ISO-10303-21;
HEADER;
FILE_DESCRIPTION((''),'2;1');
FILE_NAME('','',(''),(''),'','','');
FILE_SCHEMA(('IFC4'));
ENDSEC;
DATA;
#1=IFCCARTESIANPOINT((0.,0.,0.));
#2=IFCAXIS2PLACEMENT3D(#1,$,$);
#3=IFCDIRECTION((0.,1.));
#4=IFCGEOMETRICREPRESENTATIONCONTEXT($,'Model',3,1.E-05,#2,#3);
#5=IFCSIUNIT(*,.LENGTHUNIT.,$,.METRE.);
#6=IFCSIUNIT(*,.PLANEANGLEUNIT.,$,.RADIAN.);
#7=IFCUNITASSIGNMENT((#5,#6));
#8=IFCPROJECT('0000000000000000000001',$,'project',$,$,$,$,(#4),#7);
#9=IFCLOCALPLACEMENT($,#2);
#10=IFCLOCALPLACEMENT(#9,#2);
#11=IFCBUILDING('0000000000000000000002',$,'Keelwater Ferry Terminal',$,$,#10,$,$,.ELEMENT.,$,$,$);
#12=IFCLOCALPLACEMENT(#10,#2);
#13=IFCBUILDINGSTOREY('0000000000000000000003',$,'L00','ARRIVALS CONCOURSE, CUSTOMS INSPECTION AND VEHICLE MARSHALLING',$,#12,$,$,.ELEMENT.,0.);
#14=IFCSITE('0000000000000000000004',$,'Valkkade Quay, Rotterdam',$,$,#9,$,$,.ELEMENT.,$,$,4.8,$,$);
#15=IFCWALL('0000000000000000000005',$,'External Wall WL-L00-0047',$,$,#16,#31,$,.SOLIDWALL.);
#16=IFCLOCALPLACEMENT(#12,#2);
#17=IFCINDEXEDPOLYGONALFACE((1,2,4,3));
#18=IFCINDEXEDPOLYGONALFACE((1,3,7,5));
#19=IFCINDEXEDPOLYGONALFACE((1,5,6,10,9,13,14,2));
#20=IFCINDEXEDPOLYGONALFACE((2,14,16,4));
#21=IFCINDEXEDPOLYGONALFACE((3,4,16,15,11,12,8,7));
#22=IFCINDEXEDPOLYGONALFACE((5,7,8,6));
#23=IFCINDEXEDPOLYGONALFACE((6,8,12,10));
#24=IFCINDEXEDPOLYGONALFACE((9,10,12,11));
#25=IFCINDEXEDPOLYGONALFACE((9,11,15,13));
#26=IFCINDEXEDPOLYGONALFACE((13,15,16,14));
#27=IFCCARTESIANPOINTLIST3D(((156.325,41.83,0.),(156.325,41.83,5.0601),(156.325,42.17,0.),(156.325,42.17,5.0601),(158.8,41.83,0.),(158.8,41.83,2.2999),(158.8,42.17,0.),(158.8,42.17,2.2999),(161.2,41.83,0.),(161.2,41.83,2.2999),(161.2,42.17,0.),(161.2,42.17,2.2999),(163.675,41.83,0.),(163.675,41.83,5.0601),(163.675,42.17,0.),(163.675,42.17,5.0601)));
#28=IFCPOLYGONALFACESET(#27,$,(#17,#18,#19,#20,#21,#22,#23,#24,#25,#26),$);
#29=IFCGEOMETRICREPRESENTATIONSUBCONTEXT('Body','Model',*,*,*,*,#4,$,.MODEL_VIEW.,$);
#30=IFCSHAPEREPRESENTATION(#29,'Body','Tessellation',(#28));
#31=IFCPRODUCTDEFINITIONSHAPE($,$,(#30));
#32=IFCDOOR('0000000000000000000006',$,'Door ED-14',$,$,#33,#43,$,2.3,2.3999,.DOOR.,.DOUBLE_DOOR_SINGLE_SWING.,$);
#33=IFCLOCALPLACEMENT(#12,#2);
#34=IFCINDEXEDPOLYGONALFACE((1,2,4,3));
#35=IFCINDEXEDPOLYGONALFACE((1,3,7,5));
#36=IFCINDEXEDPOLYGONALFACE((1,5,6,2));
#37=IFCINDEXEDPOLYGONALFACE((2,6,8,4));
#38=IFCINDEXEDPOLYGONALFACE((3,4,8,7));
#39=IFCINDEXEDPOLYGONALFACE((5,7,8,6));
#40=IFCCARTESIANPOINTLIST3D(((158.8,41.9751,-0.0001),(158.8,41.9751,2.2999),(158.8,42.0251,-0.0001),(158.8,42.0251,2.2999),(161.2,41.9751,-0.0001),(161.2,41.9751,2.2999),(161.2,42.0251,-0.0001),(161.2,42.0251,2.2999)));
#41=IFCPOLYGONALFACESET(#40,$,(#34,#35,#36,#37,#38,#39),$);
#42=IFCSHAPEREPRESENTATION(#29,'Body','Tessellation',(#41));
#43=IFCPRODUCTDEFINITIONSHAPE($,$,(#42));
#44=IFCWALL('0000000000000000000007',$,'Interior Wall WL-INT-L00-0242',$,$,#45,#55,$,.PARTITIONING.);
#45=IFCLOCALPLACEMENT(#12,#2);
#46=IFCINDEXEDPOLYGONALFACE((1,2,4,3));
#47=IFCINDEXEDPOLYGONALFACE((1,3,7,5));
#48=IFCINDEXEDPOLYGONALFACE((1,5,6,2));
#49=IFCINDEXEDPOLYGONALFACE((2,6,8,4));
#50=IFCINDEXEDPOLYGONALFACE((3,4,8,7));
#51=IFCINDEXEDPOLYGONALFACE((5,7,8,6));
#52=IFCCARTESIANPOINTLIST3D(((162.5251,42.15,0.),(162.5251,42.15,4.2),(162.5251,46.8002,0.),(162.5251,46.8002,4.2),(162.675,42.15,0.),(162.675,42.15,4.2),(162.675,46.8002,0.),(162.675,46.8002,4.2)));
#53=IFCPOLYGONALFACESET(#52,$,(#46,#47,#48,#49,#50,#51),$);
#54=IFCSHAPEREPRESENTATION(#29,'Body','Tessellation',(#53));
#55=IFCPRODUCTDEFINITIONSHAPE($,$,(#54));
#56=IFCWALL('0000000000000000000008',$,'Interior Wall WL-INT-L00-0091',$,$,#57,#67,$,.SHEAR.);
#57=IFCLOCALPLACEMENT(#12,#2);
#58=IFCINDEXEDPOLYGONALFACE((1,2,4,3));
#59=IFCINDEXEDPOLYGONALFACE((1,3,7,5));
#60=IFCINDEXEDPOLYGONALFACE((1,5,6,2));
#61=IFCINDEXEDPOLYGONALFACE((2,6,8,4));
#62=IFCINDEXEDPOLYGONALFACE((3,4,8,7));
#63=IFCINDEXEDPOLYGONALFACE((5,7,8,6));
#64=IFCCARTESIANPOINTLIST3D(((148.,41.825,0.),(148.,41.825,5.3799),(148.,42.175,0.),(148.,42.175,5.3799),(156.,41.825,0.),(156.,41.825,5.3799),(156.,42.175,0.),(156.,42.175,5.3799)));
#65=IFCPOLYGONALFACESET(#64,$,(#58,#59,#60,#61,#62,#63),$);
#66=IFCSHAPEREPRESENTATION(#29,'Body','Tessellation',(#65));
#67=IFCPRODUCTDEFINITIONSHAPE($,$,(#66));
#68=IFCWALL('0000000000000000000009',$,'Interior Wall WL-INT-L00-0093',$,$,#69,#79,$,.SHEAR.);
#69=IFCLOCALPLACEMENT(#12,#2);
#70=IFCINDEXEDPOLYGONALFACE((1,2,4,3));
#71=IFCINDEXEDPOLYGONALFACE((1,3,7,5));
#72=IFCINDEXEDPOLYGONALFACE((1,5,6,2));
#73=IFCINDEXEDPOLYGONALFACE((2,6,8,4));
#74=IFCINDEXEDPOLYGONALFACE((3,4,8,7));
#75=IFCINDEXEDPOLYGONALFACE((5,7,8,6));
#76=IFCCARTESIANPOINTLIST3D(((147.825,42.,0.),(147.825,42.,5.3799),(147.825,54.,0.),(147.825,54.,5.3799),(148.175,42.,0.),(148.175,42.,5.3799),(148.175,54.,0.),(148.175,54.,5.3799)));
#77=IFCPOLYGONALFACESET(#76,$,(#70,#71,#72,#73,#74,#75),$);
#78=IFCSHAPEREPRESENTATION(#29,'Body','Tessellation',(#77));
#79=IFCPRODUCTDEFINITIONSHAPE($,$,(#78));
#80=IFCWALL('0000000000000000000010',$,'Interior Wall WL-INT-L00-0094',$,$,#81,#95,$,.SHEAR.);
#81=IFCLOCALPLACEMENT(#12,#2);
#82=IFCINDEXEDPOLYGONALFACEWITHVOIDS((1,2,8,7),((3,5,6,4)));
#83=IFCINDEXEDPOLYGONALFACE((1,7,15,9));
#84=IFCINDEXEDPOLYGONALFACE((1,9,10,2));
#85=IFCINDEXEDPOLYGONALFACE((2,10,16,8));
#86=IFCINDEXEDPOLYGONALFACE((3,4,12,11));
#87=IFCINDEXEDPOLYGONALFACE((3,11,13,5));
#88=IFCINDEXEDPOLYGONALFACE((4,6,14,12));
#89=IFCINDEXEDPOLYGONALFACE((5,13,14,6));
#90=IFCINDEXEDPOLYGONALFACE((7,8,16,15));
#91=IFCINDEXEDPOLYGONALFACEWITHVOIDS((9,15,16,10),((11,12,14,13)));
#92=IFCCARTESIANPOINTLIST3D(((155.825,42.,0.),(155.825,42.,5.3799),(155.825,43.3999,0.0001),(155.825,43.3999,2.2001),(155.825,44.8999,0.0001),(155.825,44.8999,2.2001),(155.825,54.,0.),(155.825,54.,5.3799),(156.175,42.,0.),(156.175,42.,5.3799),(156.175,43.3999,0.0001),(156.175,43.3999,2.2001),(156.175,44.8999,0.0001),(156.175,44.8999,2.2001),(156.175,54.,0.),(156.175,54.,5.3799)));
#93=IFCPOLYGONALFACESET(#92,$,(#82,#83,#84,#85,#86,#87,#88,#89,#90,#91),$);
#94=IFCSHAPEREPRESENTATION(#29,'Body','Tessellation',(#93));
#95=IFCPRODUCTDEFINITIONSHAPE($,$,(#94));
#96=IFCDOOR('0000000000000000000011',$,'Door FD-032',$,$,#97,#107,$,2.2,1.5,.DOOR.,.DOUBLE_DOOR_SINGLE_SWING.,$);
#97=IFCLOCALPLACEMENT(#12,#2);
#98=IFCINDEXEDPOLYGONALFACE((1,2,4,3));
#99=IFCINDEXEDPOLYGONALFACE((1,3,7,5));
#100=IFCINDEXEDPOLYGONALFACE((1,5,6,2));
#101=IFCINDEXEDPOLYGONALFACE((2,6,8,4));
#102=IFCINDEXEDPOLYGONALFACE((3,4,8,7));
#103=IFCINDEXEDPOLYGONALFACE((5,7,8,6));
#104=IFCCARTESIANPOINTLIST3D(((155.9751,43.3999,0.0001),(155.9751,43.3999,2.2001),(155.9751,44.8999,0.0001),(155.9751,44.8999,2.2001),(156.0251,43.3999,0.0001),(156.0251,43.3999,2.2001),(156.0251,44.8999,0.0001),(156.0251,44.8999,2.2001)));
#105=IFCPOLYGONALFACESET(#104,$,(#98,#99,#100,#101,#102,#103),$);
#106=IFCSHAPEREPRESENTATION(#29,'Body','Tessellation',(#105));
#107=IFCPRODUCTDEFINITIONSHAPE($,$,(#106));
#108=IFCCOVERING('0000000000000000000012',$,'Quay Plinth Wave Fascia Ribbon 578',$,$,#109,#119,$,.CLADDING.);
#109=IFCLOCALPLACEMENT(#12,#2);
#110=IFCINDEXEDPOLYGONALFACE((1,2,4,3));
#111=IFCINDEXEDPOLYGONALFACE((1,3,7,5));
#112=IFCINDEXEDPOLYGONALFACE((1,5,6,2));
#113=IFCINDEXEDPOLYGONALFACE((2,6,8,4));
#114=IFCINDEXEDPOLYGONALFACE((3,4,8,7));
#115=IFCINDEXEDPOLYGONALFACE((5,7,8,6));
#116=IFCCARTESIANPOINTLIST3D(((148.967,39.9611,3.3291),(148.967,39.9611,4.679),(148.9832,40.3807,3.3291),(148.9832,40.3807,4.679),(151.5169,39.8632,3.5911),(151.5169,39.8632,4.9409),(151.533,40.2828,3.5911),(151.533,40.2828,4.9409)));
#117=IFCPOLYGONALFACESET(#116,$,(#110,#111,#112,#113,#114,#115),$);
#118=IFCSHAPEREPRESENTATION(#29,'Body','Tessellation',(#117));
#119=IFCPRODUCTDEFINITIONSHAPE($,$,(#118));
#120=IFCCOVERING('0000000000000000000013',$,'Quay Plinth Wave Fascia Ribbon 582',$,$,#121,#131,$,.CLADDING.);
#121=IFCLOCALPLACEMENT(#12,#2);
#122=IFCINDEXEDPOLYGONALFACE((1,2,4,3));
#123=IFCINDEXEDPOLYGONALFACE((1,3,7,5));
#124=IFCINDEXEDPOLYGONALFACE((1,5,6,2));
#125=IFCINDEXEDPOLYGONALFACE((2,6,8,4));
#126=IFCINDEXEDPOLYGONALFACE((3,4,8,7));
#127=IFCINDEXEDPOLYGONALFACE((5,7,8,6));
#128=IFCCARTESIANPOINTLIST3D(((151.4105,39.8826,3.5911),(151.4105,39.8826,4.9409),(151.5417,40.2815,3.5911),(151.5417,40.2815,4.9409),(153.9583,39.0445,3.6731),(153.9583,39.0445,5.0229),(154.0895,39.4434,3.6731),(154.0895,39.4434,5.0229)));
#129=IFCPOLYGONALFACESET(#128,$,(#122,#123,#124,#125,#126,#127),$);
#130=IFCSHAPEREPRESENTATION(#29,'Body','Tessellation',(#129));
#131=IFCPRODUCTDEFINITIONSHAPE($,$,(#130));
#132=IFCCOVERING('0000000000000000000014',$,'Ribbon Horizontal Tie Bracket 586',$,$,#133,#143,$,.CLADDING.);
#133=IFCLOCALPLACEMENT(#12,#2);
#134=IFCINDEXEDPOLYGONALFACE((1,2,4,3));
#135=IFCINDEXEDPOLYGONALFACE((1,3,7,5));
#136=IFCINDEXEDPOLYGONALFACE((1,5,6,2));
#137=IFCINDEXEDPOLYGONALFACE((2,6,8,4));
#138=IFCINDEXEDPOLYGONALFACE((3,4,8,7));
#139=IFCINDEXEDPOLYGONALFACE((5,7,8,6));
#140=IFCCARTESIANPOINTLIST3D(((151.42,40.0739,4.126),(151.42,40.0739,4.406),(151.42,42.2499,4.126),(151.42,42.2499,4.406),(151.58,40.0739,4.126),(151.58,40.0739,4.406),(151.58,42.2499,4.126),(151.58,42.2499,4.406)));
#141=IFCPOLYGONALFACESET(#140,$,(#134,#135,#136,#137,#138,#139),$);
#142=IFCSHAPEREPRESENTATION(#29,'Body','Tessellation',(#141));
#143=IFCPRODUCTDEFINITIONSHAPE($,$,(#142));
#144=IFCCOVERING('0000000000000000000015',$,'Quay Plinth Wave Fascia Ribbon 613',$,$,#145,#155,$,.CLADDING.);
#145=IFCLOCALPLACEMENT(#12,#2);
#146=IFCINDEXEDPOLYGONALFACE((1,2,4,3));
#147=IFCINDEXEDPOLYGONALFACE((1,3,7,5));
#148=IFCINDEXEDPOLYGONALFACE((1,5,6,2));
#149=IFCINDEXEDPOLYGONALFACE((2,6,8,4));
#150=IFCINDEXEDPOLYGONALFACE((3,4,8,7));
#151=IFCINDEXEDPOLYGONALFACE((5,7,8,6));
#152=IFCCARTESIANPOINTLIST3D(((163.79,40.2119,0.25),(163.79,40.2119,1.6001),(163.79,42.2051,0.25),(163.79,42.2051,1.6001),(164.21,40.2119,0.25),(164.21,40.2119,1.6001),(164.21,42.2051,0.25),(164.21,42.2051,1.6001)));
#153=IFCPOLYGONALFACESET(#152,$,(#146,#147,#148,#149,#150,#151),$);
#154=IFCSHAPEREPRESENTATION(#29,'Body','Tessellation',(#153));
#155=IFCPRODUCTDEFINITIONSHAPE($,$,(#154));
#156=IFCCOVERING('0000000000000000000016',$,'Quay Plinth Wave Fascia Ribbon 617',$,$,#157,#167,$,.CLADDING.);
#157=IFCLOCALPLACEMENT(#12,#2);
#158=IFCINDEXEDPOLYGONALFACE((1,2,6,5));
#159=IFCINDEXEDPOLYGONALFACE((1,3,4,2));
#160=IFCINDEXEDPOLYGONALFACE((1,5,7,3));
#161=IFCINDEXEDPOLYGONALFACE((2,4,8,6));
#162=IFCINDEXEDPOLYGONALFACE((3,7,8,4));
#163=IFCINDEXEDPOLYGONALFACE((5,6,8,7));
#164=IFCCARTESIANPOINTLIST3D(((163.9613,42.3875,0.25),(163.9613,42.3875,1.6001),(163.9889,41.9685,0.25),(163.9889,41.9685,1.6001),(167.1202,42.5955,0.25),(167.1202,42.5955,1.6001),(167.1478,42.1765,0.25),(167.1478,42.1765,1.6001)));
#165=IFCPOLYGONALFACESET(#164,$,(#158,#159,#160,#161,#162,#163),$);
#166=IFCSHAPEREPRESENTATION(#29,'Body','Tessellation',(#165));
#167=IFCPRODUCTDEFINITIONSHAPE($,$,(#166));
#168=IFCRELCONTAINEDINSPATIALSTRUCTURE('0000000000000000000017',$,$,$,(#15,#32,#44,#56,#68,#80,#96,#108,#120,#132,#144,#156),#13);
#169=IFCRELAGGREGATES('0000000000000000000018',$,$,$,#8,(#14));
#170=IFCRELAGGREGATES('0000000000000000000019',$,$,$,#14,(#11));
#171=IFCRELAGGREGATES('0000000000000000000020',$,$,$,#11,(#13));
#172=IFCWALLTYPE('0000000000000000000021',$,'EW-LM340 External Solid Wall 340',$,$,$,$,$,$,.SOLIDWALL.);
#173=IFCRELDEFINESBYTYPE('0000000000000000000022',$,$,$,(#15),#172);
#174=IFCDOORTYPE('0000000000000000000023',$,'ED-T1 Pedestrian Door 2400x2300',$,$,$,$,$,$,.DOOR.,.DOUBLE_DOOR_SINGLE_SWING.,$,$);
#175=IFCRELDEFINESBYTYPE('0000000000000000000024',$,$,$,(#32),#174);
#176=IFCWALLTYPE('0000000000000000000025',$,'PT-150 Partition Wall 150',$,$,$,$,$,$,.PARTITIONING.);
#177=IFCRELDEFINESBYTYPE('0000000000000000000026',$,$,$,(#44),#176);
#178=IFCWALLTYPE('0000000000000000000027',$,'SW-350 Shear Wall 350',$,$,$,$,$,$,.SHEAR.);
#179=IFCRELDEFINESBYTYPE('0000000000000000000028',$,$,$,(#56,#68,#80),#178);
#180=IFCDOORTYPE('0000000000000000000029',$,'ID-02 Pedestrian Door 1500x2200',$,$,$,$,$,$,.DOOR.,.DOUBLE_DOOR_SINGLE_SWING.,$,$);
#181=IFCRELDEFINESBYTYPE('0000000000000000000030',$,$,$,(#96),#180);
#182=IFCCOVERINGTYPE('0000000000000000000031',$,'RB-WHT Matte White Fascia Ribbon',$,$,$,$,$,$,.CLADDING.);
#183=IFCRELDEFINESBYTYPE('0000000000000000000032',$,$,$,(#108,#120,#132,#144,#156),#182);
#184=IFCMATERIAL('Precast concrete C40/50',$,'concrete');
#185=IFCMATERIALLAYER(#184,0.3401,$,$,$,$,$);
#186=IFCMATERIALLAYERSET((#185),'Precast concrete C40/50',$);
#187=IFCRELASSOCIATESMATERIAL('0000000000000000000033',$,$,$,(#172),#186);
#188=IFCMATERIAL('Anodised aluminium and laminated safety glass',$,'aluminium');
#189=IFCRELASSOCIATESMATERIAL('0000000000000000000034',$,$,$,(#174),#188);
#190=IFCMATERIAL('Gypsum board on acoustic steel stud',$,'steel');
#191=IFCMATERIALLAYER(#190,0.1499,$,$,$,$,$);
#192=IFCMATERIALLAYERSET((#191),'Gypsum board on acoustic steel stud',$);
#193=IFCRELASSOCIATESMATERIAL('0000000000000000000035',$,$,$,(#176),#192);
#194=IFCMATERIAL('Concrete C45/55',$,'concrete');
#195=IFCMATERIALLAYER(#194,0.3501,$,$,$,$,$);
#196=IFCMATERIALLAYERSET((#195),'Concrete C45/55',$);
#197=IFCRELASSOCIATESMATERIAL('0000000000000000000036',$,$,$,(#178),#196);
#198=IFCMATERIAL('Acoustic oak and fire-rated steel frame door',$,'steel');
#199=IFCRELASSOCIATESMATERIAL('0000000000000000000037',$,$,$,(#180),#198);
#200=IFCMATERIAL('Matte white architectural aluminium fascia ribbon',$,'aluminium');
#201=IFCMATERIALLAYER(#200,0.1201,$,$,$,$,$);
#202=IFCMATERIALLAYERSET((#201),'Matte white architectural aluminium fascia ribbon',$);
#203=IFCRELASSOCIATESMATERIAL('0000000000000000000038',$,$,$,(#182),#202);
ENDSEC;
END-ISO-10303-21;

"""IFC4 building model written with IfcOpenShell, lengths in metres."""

from ifc_helpers import new_model, si_unit, direction, frame, frame_2d, origin, place, context, subcontext, project, spatial, polyline, rectangle, outline, extrude, material, layer, layer_set, type_object, element, fill, save


model = new_model("IFC4")

# Units and contexts
model_context = context("Model", 3, precision=1e-05, world=origin(), true_north=direction((0.0, 1.0)))
body_context = subcontext(model_context, "Body", "Model", "MODEL_VIEW")
ifc_project = project(units=[si_unit("LENGTHUNIT", "METRE"), si_unit("PLANEANGLEUNIT", "RADIAN")], contexts=[model_context])

# Site, building, storey
site_placement = place(None, origin())
site = spatial("IfcSite", under=ifc_project, at=site_placement, Name="Valkkade Quay, Rotterdam", CompositionType="ELEMENT", RefElevation=4.8)
building_placement = place(site_placement, origin())
building = spatial("IfcBuilding", under=site, at=building_placement, Name="Keelwater Ferry Terminal", CompositionType="ELEMENT")
storey_placement = place(building_placement, origin())
storey = spatial("IfcBuildingStorey", under=building, at=storey_placement, Name="L00", Description="ARRIVALS CONCOURSE, CUSTOMS INSPECTION AND VEHICLE MARSHALLING", CompositionType="ELEMENT", Elevation=0.0)

# Wall, opening, door
ifc_material_1 = material(Name="Precast concrete C40/50", Category="concrete")
ifc_layer_1 = layer(ifc_material_1, 0.3401)
ifc_layer_set_1 = layer_set([ifc_layer_1], Name="Precast concrete C40/50")
wall_type_1 = type_object("IfcWallType", Name="EW-LM340 External Solid Wall 340", PredefinedType="SOLIDWALL", material=ifc_layer_set_1)
wall_1_placement = place(storey_placement, frame((163.675, 42.0, 0.0), z_axis=(0.0, 0.0, 1.0), x_axis=(-1.0, 0.0, 0.0)))
wall_1 = element("IfcWall", 1, at=wall_1_placement, inside=storey, type_object=wall_type_1, Name="External Wall WL-L00-0047", PredefinedType="SOLIDWALL", context=body_context, shape_type="SweptSolid", body=[
    extrude(rectangle(XDim=7.3501, YDim=0.3401, at=frame_2d((3.675, 0.0))), origin(), (0.0, 0.0, 1.0), 5.0601),
])
opening_1_placement = place(wall_1_placement, frame((2.4751, 0.0, 0.0)))
opening_1 = element("IfcOpeningElement", 2, at=opening_1_placement, cuts=wall_1, PredefinedType="OPENING", context=body_context, shape_type="SweptSolid", body=[
    extrude(rectangle(XDim=2.3999, YDim=2.3, at=frame_2d((1.2, 1.1499))), frame((0.0, 0.1799, 0.0), z_axis=(0.0, -1.0, 0.0), x_axis=(1.0, 0.0, 0.0)), (0.0, 0.0, 1.0), 0.3601),
])
ifc_material_2 = material(Name="Anodised aluminium and laminated safety glass", Category="aluminium")
door_type_1 = type_object("IfcDoorType", Name="ED-T1 Pedestrian Door 2400x2300", OperationType="DOUBLE_DOOR_SINGLE_SWING", PredefinedType="DOOR", material=ifc_material_2)
door_1_placement = place(opening_1_placement, origin())
door_1 = element("IfcDoor", 3, at=door_1_placement, inside=storey, type_object=door_type_1, Name="Door ED-14", OperationType="DOUBLE_DOOR_SINGLE_SWING", OverallHeight=2.3, OverallWidth=2.3999, PredefinedType="DOOR", context=body_context, shape_type="SweptSolid", body=[
    extrude(rectangle(XDim=2.3999, YDim=2.3, at=frame_2d((1.2, 1.1499))), frame((0.0, 0.0249, 0.0), z_axis=(0.0, -1.0, 0.0), x_axis=(1.0, 0.0, 0.0)), (0.0, 0.0, 1.0), 0.05),
])
fill(opening_1, door_1)

# Walls
ifc_material_3 = material(Name="Gypsum board on acoustic steel stud", Category="steel")
ifc_layer_2 = layer(ifc_material_3, 0.1499)
ifc_layer_set_2 = layer_set([ifc_layer_2], Name="Gypsum board on acoustic steel stud")
wall_type_2 = type_object("IfcWallType", Name="PT-150 Partition Wall 150", PredefinedType="PARTITIONING", material=ifc_layer_set_2)
wall_2_placement = place(storey_placement, frame((162.6001, 42.1499, 0.0), z_axis=(0.0, 0.0, 1.0), x_axis=(0.0, 1.0, 0.0)))
element("IfcWall", 4, at=wall_2_placement, inside=storey, type_object=wall_type_2, Name="Interior Wall WL-INT-L00-0242", PredefinedType="PARTITIONING", context=body_context, shape_type="SweptSolid", body=[
    extrude(rectangle(XDim=4.6501, YDim=0.1499, at=frame_2d((2.3252, 0.0))), origin(), (0.0, 0.0, 1.0), 4.2),
])
ifc_material_4 = material(Name="Concrete C45/55", Category="concrete")
ifc_layer_3 = layer(ifc_material_4, 0.3501)
ifc_layer_set_3 = layer_set([ifc_layer_3], Name="Concrete C45/55")
wall_type_3 = type_object("IfcWallType", Name="SW-350 Shear Wall 350", PredefinedType="SHEAR", material=ifc_layer_set_3)
wall_3_placement = place(storey_placement, frame((148.0, 42.0, 0.0), z_axis=(0.0, 0.0, 1.0), x_axis=(1.0, 0.0, 0.0)))
element("IfcWall", 5, at=wall_3_placement, inside=storey, type_object=wall_type_3, Name="Interior Wall WL-INT-L00-0091", PredefinedType="SHEAR", context=body_context, shape_type="SweptSolid", body=[
    extrude(rectangle(XDim=8.0, YDim=0.3501, at=frame_2d((4.0, 0.0))), origin(), (0.0, 0.0, 1.0), 5.3799),
])
wall_4_placement = place(storey_placement, frame((148.0, 42.0, 0.0), z_axis=(0.0, 0.0, 1.0), x_axis=(0.0, 1.0, 0.0)))
element("IfcWall", 6, at=wall_4_placement, inside=storey, type_object=wall_type_3, Name="Interior Wall WL-INT-L00-0093", PredefinedType="SHEAR", context=body_context, shape_type="SweptSolid", body=[
    extrude(rectangle(XDim=12.0, YDim=0.3501, at=frame_2d((6.0, 0.0))), origin(), (0.0, 0.0, 1.0), 5.3799),
])

# Wall, opening, door
wall_5_placement = place(storey_placement, frame((156.0, 42.0, 0.0), z_axis=(0.0, 0.0, 1.0), x_axis=(0.0, 1.0, 0.0)))
wall_5 = element("IfcWall", 7, at=wall_5_placement, inside=storey, type_object=wall_type_3, Name="Interior Wall WL-INT-L00-0094", PredefinedType="SHEAR", context=body_context, shape_type="SweptSolid", body=[
    extrude(rectangle(XDim=12.0, YDim=0.3501, at=frame_2d((6.0, 0.0))), origin(), (0.0, 0.0, 1.0), 5.3799),
])
opening_2_placement = place(wall_5_placement, frame((1.3999, 0.0, 0.0)))
opening_2 = element("IfcOpeningElement", 8, at=opening_2_placement, cuts=wall_5, PredefinedType="OPENING", context=body_context, shape_type="SweptSolid", body=[
    extrude(rectangle(XDim=1.5, YDim=2.2, at=frame_2d((0.75, 1.1001))), frame((0.0, 0.1851, 0.0), z_axis=(0.0, -1.0, 0.0), x_axis=(1.0, 0.0, 0.0)), (0.0, 0.0, 1.0), 0.3701),
])
ifc_material_5 = material(Name="Acoustic oak and fire-rated steel frame door", Category="steel")
door_type_2 = type_object("IfcDoorType", Name="ID-02 Pedestrian Door 1500x2200", OperationType="DOUBLE_DOOR_SINGLE_SWING", PredefinedType="DOOR", material=ifc_material_5)
door_2_placement = place(opening_2_placement, origin())
door_2 = element("IfcDoor", 9, at=door_2_placement, inside=storey, type_object=door_type_2, Name="Door FD-032", OperationType="DOUBLE_DOOR_SINGLE_SWING", OverallHeight=2.2, OverallWidth=1.5, PredefinedType="DOOR", context=body_context, shape_type="SweptSolid", body=[
    extrude(rectangle(XDim=1.5, YDim=2.2, at=frame_2d((0.75, 1.1001))), frame((0.0, 0.0249, 0.0), z_axis=(0.0, -1.0, 0.0), x_axis=(1.0, 0.0, 0.0)), (0.0, 0.0, 1.0), 0.05),
])
fill(opening_2, door_2)

# Coverings
ifc_material_6 = material(Name="Matte white architectural aluminium fascia ribbon", Category="aluminium")
ifc_layer_4 = layer(ifc_material_6, 0.1201)
ifc_layer_set_4 = layer_set([ifc_layer_4], Name="Matte white architectural aluminium fascia ribbon")
covering_type = type_object("IfcCoveringType", Name="RB-WHT Matte White Fascia Ribbon", PredefinedType="CLADDING", material=ifc_layer_set_4)
covering_1_placement = place(storey_placement, frame((148.9751, 40.1709, 3.3291), z_axis=(0.0, 0.0, 1.0), x_axis=(0.999264, -0.038367, 0.0)))
element("IfcCovering", 10, at=covering_1_placement, inside=storey, type_object=covering_type, Name="Quay Plinth Wave Fascia Ribbon 578", PredefinedType="CLADDING", context=body_context, shape_type="SweptSolid", body=[
    extrude(outline(polyline([(0.0, 0.0), (2.5518, 0.262), (2.5518, 1.6118), (0.0, 1.3499), (0.0, 0.0)])), frame((0.0, 0.21, 0.0), z_axis=(0.0, -1.0, 0.0), x_axis=(1.0, 0.0, 0.0)), (0.0, 0.0, 1.0), 0.4199),
])
covering_2_placement = place(storey_placement, frame((151.4761, 40.082, 3.5911), z_axis=(0.0, 0.0, 1.0), x_axis=(0.949923, -0.312484, 0.0)))
element("IfcCovering", 11, at=covering_2_placement, inside=storey, type_object=covering_type, Name="Quay Plinth Wave Fascia Ribbon 582", PredefinedType="CLADDING", context=body_context, shape_type="SweptSolid", body=[
    extrude(outline(polyline([(0.0, 0.0), (2.6821, 0.082), (2.6821, 1.4319), (0.0, 1.3499), (0.0, 0.0)])), frame((0.0, 0.21, 0.0), z_axis=(0.0, -1.0, 0.0), x_axis=(1.0, 0.0, 0.0)), (0.0, 0.0, 1.0), 0.4199),
])
covering_3_placement = place(storey_placement, frame((151.5, 40.074, 4.126), z_axis=(0.0, 0.0, 1.0), x_axis=(0.0, 1.0, 0.0)))
element("IfcCovering", 12, at=covering_3_placement, inside=storey, type_object=covering_type, Name="Ribbon Horizontal Tie Bracket 586", PredefinedType="CLADDING", context=body_context, shape_type="SweptSolid", body=[
    extrude(rectangle(XDim=2.176, YDim=0.1599, at=frame_2d((1.0879, 0.0))), origin(), (0.0, 0.0, 1.0), 0.28),
])
covering_4_placement = place(storey_placement, frame((164.0, 40.2119, 0.25), z_axis=(0.0, 0.0, 1.0), x_axis=(0.0, 1.0, 0.0)))
element("IfcCovering", 13, at=covering_4_placement, inside=storey, type_object=covering_type, Name="Quay Plinth Wave Fascia Ribbon 613", PredefinedType="CLADDING", context=body_context, shape_type="SweptSolid", body=[
    extrude(outline(polyline([(0.0, 0.0), (1.9932, 0.0), (1.9932, 1.3501), (0.0, 1.3501), (0.0, 0.0)])), frame((0.0, 0.21, 0.0), z_axis=(0.0, -1.0, 0.0), x_axis=(1.0, 0.0, 0.0)), (0.0, 0.0, 1.0), 0.4199),
])
covering_5_placement = place(storey_placement, frame((163.9751, 42.178, 0.25), z_axis=(0.0, 0.0, 1.0), x_axis=(0.997839, 0.065705, 0.0)))
element("IfcCovering", 14, at=covering_5_placement, inside=storey, type_object=covering_type, Name="Quay Plinth Wave Fascia Ribbon 617", PredefinedType="CLADDING", context=body_context, shape_type="SweptSolid", body=[
    extrude(outline(polyline([(0.0, 0.0), (3.1658, 0.0), (3.1658, 1.3501), (0.0, 1.3501), (0.0, 0.0)])), frame((0.0, 0.21, 0.0), z_axis=(0.0, -1.0, 0.0), x_axis=(1.0, 0.0, 0.0)), (0.0, 0.0, 1.0), 0.4199),
])

save(model, "model.ifc")
